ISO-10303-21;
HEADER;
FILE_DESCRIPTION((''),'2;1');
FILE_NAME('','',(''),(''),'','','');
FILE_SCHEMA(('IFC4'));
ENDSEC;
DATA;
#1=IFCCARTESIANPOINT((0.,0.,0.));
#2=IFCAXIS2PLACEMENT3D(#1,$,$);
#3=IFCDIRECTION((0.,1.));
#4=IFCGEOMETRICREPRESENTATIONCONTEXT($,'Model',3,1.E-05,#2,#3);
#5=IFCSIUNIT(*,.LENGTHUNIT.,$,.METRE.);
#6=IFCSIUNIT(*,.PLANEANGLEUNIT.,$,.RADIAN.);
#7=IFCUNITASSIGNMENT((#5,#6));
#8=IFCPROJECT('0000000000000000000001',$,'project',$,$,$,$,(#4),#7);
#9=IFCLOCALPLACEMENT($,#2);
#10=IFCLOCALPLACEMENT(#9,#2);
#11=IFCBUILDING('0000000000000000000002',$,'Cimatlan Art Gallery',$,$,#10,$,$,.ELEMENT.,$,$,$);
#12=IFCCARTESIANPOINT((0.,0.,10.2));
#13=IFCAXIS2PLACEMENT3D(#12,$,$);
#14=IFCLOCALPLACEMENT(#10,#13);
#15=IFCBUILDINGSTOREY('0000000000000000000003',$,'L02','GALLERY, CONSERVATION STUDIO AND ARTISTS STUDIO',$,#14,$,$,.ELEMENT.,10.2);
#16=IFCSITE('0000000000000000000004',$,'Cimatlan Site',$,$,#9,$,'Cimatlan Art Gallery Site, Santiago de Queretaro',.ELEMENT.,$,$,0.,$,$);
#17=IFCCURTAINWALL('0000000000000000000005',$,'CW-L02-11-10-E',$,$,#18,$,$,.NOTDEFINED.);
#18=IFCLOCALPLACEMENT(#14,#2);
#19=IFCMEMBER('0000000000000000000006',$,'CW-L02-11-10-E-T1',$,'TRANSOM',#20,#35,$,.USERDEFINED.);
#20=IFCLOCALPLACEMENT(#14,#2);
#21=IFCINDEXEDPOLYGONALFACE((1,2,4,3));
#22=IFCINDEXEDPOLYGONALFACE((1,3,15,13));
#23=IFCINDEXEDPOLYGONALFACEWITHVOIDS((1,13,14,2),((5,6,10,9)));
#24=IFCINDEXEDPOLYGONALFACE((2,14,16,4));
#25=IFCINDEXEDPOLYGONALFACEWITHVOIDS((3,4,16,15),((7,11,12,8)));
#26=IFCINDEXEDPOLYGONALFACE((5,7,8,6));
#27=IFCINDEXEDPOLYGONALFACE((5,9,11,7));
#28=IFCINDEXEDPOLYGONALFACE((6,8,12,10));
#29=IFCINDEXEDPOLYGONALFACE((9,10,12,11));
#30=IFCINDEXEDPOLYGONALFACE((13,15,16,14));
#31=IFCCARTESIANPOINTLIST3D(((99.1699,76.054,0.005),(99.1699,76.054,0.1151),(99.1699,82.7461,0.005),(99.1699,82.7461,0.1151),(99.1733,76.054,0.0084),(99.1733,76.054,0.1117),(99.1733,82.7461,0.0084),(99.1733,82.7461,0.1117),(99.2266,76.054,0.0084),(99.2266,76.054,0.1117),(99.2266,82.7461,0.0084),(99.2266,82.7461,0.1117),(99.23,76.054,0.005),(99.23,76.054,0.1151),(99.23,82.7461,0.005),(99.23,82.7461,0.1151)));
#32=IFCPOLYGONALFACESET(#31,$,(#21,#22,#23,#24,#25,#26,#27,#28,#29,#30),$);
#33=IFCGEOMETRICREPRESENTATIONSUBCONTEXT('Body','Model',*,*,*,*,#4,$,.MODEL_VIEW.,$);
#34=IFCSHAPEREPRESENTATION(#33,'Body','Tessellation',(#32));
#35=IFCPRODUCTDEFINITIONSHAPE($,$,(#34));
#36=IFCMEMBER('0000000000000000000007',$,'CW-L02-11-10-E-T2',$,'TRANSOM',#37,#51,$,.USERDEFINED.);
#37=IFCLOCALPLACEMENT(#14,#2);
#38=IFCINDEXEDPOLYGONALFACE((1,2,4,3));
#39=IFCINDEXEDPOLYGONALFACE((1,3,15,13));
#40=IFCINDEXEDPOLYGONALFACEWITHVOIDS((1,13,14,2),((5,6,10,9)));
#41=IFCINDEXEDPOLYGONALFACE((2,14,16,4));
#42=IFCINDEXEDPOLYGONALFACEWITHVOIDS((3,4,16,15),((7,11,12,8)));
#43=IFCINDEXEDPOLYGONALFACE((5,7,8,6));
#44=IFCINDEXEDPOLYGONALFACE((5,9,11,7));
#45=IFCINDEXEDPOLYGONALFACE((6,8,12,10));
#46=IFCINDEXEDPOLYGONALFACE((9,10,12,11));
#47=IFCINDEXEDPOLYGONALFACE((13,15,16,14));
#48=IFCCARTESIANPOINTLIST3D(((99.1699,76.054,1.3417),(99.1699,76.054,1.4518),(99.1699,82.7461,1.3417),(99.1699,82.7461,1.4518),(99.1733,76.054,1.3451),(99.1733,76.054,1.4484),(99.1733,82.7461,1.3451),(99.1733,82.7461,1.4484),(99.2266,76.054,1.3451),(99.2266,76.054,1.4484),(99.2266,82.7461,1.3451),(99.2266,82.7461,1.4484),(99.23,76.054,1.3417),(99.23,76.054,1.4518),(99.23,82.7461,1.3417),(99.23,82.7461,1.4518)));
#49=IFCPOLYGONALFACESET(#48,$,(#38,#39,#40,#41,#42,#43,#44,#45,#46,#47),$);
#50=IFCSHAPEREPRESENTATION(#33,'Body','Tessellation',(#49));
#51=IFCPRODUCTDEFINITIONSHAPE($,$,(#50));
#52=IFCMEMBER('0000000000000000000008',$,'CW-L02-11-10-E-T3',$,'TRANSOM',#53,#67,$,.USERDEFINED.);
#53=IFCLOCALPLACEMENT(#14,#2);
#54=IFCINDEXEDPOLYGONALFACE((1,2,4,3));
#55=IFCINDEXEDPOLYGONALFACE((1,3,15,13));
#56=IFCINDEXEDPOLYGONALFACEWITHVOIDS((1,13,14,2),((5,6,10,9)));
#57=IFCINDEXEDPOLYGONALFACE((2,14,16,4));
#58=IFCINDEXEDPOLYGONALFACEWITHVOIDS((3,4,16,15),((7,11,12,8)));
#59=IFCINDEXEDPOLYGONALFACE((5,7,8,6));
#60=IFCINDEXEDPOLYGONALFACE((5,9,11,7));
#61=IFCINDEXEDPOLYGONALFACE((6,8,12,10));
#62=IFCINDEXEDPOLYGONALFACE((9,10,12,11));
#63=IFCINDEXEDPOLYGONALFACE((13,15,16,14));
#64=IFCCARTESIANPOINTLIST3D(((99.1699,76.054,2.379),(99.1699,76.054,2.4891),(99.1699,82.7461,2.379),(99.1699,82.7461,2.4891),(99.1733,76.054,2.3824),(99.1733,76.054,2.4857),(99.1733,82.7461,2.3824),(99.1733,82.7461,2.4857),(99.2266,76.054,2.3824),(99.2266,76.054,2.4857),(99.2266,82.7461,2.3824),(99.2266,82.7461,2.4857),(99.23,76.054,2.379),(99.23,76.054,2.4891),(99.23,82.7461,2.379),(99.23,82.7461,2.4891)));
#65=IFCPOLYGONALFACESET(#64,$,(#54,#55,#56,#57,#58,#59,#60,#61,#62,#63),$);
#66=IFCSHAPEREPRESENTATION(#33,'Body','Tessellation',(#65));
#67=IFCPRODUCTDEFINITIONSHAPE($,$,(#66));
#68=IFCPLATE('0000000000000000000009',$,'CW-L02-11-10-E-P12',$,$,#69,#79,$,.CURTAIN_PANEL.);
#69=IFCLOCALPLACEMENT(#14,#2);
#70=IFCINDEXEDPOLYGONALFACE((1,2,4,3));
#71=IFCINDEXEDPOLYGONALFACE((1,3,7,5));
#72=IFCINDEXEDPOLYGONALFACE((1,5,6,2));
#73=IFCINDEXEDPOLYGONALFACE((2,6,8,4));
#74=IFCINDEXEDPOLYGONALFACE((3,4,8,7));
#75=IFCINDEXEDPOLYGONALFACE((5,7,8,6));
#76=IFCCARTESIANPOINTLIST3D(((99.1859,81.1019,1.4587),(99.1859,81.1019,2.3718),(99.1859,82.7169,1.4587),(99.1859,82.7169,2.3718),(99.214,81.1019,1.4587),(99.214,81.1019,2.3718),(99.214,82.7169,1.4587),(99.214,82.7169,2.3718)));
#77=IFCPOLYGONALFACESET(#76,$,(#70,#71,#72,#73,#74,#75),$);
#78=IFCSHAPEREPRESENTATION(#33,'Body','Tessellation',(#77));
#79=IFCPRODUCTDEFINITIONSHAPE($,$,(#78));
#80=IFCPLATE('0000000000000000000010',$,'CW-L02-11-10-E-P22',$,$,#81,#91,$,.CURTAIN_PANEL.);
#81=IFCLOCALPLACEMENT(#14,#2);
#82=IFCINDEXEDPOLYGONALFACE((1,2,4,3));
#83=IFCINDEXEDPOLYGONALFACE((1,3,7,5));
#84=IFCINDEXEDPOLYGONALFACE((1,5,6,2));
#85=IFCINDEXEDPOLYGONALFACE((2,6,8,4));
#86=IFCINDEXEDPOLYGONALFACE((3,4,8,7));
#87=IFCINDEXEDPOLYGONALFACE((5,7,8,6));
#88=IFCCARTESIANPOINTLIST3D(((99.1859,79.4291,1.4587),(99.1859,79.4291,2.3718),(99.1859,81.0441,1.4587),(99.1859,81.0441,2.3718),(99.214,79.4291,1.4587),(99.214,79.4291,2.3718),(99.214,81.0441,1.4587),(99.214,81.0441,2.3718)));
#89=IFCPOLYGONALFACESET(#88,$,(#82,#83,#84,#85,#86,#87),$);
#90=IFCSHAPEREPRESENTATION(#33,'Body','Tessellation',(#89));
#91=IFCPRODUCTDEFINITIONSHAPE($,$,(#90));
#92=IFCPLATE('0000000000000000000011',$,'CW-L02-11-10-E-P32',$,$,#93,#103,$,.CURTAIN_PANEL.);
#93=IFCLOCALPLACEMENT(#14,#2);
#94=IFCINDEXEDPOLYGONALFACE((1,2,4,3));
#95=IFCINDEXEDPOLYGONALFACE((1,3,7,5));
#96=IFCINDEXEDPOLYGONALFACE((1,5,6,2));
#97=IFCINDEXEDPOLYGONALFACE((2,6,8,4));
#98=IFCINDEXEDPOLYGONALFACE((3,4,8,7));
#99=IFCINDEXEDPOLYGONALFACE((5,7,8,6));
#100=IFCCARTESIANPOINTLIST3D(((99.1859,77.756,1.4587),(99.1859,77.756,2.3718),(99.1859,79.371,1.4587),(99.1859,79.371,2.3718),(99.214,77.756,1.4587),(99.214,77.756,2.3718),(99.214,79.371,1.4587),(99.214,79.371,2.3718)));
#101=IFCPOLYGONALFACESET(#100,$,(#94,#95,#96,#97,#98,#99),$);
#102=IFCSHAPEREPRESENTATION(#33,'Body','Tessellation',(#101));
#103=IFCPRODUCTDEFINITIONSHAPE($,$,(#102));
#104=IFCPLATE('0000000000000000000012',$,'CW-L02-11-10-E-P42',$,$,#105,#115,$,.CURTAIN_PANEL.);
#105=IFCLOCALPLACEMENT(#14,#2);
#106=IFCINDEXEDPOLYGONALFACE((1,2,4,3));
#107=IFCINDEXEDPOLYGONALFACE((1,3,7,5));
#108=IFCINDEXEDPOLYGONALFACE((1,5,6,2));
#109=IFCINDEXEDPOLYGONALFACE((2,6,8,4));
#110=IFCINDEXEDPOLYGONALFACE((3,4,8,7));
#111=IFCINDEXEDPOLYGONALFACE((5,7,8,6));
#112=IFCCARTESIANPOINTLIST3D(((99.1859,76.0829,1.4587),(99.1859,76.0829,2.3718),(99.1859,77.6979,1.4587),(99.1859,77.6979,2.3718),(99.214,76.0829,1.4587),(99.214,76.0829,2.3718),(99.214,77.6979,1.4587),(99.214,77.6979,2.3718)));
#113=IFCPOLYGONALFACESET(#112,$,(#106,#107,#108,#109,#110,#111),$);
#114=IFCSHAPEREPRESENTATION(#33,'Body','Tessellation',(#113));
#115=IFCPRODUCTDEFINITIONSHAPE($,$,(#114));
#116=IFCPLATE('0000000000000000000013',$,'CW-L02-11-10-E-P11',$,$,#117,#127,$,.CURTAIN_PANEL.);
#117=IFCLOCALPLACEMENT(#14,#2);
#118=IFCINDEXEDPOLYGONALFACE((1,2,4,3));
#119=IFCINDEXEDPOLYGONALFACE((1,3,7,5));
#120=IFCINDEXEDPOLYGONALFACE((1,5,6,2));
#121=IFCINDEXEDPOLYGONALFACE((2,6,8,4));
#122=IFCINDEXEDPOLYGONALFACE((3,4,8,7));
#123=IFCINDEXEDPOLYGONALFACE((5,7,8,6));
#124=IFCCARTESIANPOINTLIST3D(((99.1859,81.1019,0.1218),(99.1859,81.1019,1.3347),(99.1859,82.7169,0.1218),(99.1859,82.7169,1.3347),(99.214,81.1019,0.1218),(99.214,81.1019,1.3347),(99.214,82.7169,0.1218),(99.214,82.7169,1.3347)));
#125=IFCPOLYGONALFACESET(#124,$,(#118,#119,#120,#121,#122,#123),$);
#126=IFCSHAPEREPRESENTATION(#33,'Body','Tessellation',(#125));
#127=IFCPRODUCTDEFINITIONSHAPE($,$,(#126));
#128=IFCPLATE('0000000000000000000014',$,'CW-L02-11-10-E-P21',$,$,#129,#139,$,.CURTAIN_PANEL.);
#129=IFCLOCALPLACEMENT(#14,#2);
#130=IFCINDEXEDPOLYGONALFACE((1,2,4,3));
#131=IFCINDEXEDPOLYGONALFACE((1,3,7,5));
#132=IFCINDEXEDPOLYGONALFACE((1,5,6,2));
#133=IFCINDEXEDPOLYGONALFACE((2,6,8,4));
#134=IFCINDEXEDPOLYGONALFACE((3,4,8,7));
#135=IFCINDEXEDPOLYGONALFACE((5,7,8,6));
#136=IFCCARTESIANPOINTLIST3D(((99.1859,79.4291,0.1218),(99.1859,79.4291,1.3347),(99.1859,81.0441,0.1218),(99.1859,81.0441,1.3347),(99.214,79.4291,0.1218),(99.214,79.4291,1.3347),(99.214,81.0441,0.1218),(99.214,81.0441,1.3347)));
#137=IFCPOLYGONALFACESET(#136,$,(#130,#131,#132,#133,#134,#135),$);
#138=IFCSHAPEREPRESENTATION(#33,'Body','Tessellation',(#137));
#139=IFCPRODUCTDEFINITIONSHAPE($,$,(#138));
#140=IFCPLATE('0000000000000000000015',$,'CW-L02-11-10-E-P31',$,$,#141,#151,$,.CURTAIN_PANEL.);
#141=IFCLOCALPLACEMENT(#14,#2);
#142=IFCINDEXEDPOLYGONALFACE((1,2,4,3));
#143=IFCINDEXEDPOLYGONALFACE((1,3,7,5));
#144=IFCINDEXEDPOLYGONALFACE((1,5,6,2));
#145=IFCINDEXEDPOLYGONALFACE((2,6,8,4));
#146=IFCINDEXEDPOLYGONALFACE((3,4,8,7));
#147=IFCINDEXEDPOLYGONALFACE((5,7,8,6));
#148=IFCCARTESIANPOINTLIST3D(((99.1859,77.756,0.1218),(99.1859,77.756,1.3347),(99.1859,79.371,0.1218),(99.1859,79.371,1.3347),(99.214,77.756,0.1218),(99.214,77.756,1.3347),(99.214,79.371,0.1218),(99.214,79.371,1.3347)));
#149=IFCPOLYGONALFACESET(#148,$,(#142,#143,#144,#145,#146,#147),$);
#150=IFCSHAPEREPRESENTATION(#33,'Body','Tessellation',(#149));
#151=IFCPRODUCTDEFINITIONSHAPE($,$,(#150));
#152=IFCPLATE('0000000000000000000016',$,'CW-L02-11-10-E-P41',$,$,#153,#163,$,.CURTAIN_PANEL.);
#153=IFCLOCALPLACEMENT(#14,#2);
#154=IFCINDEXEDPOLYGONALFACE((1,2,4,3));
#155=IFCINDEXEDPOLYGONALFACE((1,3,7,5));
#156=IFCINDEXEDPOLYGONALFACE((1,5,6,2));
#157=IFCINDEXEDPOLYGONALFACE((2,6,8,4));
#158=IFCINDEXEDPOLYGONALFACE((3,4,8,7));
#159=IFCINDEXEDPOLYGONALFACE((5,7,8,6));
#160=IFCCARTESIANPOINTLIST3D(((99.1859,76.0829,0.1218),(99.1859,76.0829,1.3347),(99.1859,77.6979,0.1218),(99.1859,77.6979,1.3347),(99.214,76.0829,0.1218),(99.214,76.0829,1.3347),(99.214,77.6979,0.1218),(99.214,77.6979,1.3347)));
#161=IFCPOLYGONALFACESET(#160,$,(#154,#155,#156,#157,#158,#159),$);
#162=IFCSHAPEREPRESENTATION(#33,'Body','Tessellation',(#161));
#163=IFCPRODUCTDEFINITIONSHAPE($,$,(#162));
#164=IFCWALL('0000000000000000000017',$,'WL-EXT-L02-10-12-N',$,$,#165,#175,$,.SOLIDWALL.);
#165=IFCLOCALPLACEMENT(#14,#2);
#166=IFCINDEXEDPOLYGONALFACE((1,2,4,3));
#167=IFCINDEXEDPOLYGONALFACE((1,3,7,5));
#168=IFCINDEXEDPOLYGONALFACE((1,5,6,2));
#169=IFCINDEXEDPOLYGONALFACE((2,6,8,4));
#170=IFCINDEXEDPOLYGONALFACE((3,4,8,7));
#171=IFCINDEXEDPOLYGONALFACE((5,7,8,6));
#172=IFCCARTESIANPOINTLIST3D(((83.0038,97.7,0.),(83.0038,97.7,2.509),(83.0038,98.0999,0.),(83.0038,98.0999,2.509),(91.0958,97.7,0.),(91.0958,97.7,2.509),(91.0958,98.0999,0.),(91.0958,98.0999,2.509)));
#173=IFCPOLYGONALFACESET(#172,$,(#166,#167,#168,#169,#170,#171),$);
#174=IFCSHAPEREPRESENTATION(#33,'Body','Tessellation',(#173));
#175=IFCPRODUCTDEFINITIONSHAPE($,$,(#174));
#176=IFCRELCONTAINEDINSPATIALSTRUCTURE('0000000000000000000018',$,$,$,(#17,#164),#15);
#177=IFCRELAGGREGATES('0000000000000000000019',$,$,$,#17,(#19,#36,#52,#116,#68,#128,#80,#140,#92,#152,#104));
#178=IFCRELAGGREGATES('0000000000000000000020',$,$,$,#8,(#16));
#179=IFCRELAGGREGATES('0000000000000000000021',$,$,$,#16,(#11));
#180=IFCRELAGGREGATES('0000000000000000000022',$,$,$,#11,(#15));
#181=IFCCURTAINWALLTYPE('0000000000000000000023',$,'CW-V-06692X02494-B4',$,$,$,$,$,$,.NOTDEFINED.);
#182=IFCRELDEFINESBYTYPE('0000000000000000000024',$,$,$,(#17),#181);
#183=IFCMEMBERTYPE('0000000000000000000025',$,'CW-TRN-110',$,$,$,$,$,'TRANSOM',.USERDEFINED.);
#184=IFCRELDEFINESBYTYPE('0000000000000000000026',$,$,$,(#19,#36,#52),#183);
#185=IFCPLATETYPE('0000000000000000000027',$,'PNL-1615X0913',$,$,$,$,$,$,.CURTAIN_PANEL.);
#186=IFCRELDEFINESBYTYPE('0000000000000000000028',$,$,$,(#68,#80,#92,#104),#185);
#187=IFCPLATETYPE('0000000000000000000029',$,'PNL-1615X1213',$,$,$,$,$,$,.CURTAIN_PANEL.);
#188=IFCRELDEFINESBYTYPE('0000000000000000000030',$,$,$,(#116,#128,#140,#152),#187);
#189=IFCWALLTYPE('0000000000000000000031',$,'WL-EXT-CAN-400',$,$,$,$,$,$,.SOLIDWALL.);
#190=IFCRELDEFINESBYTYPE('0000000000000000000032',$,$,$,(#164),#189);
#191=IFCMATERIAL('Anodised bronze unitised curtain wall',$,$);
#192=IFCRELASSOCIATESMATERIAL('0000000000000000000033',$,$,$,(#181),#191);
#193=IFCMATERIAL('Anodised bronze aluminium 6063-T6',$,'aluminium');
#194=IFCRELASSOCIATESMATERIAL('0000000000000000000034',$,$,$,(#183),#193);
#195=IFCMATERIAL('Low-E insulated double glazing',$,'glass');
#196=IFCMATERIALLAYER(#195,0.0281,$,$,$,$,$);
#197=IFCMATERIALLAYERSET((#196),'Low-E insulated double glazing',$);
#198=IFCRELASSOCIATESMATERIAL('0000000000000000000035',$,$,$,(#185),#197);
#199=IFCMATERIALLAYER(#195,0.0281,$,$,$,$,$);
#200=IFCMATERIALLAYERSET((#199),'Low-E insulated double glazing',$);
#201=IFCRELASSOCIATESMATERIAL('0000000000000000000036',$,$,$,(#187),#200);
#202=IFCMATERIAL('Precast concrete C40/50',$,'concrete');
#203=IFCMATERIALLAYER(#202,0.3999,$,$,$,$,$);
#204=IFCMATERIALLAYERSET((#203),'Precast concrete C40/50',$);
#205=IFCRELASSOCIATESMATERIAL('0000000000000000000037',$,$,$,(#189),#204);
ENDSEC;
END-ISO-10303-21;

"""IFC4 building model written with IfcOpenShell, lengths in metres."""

from ifc_helpers import new_model, si_unit, direction, frame, frame_2d, origin, origin_2d, place, context, subcontext, project, spatial, rectangle, hollow_rectangle, extrude, material, layer, layer_set, material_profile, profile_set, type_object, element, aggregate, save


model = new_model("IFC4")

# Units and contexts
model_context = context("Model", 3, precision=1e-05, world=origin(), true_north=direction((0.0, 1.0)))
body_context = subcontext(model_context, "Body", "Model", "MODEL_VIEW")
ifc_project = project(units=[si_unit("LENGTHUNIT", "METRE"), si_unit("PLANEANGLEUNIT", "RADIAN")], contexts=[model_context])

# Site, building, storey
site_placement = place(None, origin())
site = spatial("IfcSite", under=ifc_project, at=site_placement, Name="Cimatlan Site", LongName="Cimatlan Art Gallery Site, Santiago de Queretaro", CompositionType="ELEMENT", RefElevation=0.0)
building_placement = place(site_placement, origin())
building = spatial("IfcBuilding", under=site, at=building_placement, Name="Cimatlan Art Gallery", CompositionType="ELEMENT")
storey_placement = place(building_placement, frame((0.0, 0.0, 10.2)))
storey = spatial("IfcBuildingStorey", under=building, at=storey_placement, Name="L02", Description="GALLERY, CONSERVATION STUDIO AND ARTISTS STUDIO", CompositionType="ELEMENT", Elevation=10.2)

# Curtain wall
ifc_material_1 = material(Name="Anodised bronze unitised curtain wall")
curtain_wall_type_1 = type_object("IfcCurtainWallType", Name="CW-V-06692X02494-B4", PredefinedType="NOTDEFINED", material=ifc_material_1)
curtain_wall_1_placement = place(storey_placement, origin())
curtain_wall_1 = element("IfcCurtainWall", 1, at=curtain_wall_1_placement, inside=storey, type_object=curtain_wall_type_1, Name="CW-L02-11-10-E", PredefinedType="NOTDEFINED")
ifc_material_2 = material(Name="Anodised bronze aluminium 6063-T6", Category="aluminium")

# Members
ifc_material_profile_1 = material_profile(ifc_material_2, hollow_rectangle(XDim=0.0601, YDim=0.1101, WallThickness=0.0034, at=origin_2d()), Name="ALU60X110X3")
ifc_profile_set_1 = profile_set([ifc_material_profile_1], Name="Anodised bronze aluminium 6063-T6")
member_type_1 = type_object("IfcMemberType", Name="CW-TRN-110", ElementType="TRANSOM", PredefinedType="USERDEFINED", material=ifc_profile_set_1)
member_1_placement = place(storey_placement, frame((99.2, 82.7461, 0.0601), z_axis=(0.0, -1.0, 0.0), x_axis=(1.0, 0.0, 0.0)))
member_1 = element("IfcMember", 2, at=member_1_placement, type_object=member_type_1, Name="CW-L02-11-10-E-T1", ObjectType="TRANSOM", PredefinedType="USERDEFINED", context=body_context, shape_type="SweptSolid", body=[
    extrude(hollow_rectangle(XDim=0.0601, YDim=0.1101, WallThickness=0.0034, at=origin_2d()), origin(), (0.0, 0.0, 1.0), 6.6921),
])
member_2_placement = place(storey_placement, frame((99.2, 82.7461, 1.3967), z_axis=(0.0, -1.0, 0.0), x_axis=(1.0, 0.0, 0.0)))
member_2 = element("IfcMember", 3, at=member_2_placement, type_object=member_type_1, Name="CW-L02-11-10-E-T2", ObjectType="TRANSOM", PredefinedType="USERDEFINED", context=body_context, shape_type="SweptSolid", body=[
    extrude(hollow_rectangle(XDim=0.0601, YDim=0.1101, WallThickness=0.0034, at=origin_2d()), origin(), (0.0, 0.0, 1.0), 6.6921),
])
member_3_placement = place(storey_placement, frame((99.2, 82.7461, 2.4341), z_axis=(0.0, -1.0, 0.0), x_axis=(1.0, 0.0, 0.0)))
member_3 = element("IfcMember", 4, at=member_3_placement, type_object=member_type_1, Name="CW-L02-11-10-E-T3", ObjectType="TRANSOM", PredefinedType="USERDEFINED", context=body_context, shape_type="SweptSolid", body=[
    extrude(hollow_rectangle(XDim=0.0601, YDim=0.1101, WallThickness=0.0034, at=origin_2d()), origin(), (0.0, 0.0, 1.0), 6.6921),
])

# Plates
ifc_material_3 = material(Name="Low-E insulated double glazing", Category="glass")
ifc_layer_1 = layer(ifc_material_3, 0.0281)
ifc_layer_set_1 = layer_set([ifc_layer_1], Name="Low-E insulated double glazing")
plate_type_1 = type_object("IfcPlateType", Name="PNL-1615X0913", PredefinedType="CURTAIN_PANEL", material=ifc_layer_set_1)
plate_1_placement = place(storey_placement, frame((99.2, 81.9094, 1.4587), z_axis=(0.0, 0.0, 1.0), x_axis=(0.0, -1.0, 0.0)))
plate_1 = element("IfcPlate", 5, at=plate_1_placement, type_object=plate_type_1, Name="CW-L02-11-10-E-P12", PredefinedType="CURTAIN_PANEL", context=body_context, shape_type="SweptSolid", body=[
    extrude(rectangle(XDim=1.615, YDim=0.0281, at=origin_2d()), origin(), (0.0, 0.0, 1.0), 0.9131),
])
plate_2_placement = place(storey_placement, frame((99.2, 80.2366, 1.4587), z_axis=(0.0, 0.0, 1.0), x_axis=(0.0, -1.0, 0.0)))
plate_2 = element("IfcPlate", 6, at=plate_2_placement, type_object=plate_type_1, Name="CW-L02-11-10-E-P22", PredefinedType="CURTAIN_PANEL", context=body_context, shape_type="SweptSolid", body=[
    extrude(rectangle(XDim=1.615, YDim=0.0281, at=origin_2d()), origin(), (0.0, 0.0, 1.0), 0.9131),
])
plate_3_placement = place(storey_placement, frame((99.2, 78.5635, 1.4587), z_axis=(0.0, 0.0, 1.0), x_axis=(0.0, -1.0, 0.0)))
plate_3 = element("IfcPlate", 7, at=plate_3_placement, type_object=plate_type_1, Name="CW-L02-11-10-E-P32", PredefinedType="CURTAIN_PANEL", context=body_context, shape_type="SweptSolid", body=[
    extrude(rectangle(XDim=1.615, YDim=0.0281, at=origin_2d()), origin(), (0.0, 0.0, 1.0), 0.9131),
])
plate_4_placement = place(storey_placement, frame((99.2, 76.8904, 1.4587), z_axis=(0.0, 0.0, 1.0), x_axis=(0.0, -1.0, 0.0)))
plate_4 = element("IfcPlate", 8, at=plate_4_placement, type_object=plate_type_1, Name="CW-L02-11-10-E-P42", PredefinedType="CURTAIN_PANEL", context=body_context, shape_type="SweptSolid", body=[
    extrude(rectangle(XDim=1.615, YDim=0.0281, at=origin_2d()), origin(), (0.0, 0.0, 1.0), 0.9131),
])
ifc_layer_2 = layer(ifc_material_3, 0.0281)
ifc_layer_set_2 = layer_set([ifc_layer_2], Name="Low-E insulated double glazing")
plate_type_2 = type_object("IfcPlateType", Name="PNL-1615X1213", PredefinedType="CURTAIN_PANEL", material=ifc_layer_set_2)
plate_5_placement = place(storey_placement, frame((99.2, 81.9094, 0.1218), z_axis=(0.0, 0.0, 1.0), x_axis=(0.0, -1.0, 0.0)))
plate_5 = element("IfcPlate", 9, at=plate_5_placement, type_object=plate_type_2, Name="CW-L02-11-10-E-P11", PredefinedType="CURTAIN_PANEL", context=body_context, shape_type="SweptSolid", body=[
    extrude(rectangle(XDim=1.615, YDim=0.0281, at=origin_2d()), origin(), (0.0, 0.0, 1.0), 1.2129),
])
plate_6_placement = place(storey_placement, frame((99.2, 80.2366, 0.1218), z_axis=(0.0, 0.0, 1.0), x_axis=(0.0, -1.0, 0.0)))
plate_6 = element("IfcPlate", 10, at=plate_6_placement, type_object=plate_type_2, Name="CW-L02-11-10-E-P21", PredefinedType="CURTAIN_PANEL", context=body_context, shape_type="SweptSolid", body=[
    extrude(rectangle(XDim=1.615, YDim=0.0281, at=origin_2d()), origin(), (0.0, 0.0, 1.0), 1.2129),
])
plate_7_placement = place(storey_placement, frame((99.2, 78.5635, 0.1218), z_axis=(0.0, 0.0, 1.0), x_axis=(0.0, -1.0, 0.0)))
plate_7 = element("IfcPlate", 11, at=plate_7_placement, type_object=plate_type_2, Name="CW-L02-11-10-E-P31", PredefinedType="CURTAIN_PANEL", context=body_context, shape_type="SweptSolid", body=[
    extrude(rectangle(XDim=1.615, YDim=0.0281, at=origin_2d()), origin(), (0.0, 0.0, 1.0), 1.2129),
])
plate_8_placement = place(storey_placement, frame((99.2, 76.8904, 0.1218), z_axis=(0.0, 0.0, 1.0), x_axis=(0.0, -1.0, 0.0)))
plate_8 = element("IfcPlate", 12, at=plate_8_placement, type_object=plate_type_2, Name="CW-L02-11-10-E-P41", PredefinedType="CURTAIN_PANEL", context=body_context, shape_type="SweptSolid", body=[
    extrude(rectangle(XDim=1.615, YDim=0.0281, at=origin_2d()), origin(), (0.0, 0.0, 1.0), 1.2129),
])
aggregate(curtain_wall_1, [member_1, member_2, member_3, plate_5, plate_1, plate_6, plate_2, plate_7, plate_3, plate_8, plate_4])

# Wall
ifc_material_4 = material(Name="Precast concrete C40/50", Category="concrete")
ifc_layer_3 = layer(ifc_material_4, 0.3999)
ifc_layer_set_3 = layer_set([ifc_layer_3], Name="Precast concrete C40/50")
wall_type = type_object("IfcWallType", Name="WL-EXT-CAN-400", PredefinedType="SOLIDWALL", material=ifc_layer_set_3)
wall_1_placement = place(storey_placement, frame((83.0039, 97.8999, 0.0), z_axis=(0.0, 0.0, 1.0), x_axis=(1.0, 0.0, 0.0)))
element("IfcWall", 13, at=wall_1_placement, inside=storey, type_object=wall_type, Name="WL-EXT-L02-10-12-N", PredefinedType="SOLIDWALL", context=body_context, shape_type="SweptSolid", body=[
    extrude(rectangle(XDim=8.092, YDim=0.3999, at=frame_2d((4.0459, 0.0))), origin(), (0.0, 0.0, 1.0), 2.509),
])

save(model, "model.ifc")
